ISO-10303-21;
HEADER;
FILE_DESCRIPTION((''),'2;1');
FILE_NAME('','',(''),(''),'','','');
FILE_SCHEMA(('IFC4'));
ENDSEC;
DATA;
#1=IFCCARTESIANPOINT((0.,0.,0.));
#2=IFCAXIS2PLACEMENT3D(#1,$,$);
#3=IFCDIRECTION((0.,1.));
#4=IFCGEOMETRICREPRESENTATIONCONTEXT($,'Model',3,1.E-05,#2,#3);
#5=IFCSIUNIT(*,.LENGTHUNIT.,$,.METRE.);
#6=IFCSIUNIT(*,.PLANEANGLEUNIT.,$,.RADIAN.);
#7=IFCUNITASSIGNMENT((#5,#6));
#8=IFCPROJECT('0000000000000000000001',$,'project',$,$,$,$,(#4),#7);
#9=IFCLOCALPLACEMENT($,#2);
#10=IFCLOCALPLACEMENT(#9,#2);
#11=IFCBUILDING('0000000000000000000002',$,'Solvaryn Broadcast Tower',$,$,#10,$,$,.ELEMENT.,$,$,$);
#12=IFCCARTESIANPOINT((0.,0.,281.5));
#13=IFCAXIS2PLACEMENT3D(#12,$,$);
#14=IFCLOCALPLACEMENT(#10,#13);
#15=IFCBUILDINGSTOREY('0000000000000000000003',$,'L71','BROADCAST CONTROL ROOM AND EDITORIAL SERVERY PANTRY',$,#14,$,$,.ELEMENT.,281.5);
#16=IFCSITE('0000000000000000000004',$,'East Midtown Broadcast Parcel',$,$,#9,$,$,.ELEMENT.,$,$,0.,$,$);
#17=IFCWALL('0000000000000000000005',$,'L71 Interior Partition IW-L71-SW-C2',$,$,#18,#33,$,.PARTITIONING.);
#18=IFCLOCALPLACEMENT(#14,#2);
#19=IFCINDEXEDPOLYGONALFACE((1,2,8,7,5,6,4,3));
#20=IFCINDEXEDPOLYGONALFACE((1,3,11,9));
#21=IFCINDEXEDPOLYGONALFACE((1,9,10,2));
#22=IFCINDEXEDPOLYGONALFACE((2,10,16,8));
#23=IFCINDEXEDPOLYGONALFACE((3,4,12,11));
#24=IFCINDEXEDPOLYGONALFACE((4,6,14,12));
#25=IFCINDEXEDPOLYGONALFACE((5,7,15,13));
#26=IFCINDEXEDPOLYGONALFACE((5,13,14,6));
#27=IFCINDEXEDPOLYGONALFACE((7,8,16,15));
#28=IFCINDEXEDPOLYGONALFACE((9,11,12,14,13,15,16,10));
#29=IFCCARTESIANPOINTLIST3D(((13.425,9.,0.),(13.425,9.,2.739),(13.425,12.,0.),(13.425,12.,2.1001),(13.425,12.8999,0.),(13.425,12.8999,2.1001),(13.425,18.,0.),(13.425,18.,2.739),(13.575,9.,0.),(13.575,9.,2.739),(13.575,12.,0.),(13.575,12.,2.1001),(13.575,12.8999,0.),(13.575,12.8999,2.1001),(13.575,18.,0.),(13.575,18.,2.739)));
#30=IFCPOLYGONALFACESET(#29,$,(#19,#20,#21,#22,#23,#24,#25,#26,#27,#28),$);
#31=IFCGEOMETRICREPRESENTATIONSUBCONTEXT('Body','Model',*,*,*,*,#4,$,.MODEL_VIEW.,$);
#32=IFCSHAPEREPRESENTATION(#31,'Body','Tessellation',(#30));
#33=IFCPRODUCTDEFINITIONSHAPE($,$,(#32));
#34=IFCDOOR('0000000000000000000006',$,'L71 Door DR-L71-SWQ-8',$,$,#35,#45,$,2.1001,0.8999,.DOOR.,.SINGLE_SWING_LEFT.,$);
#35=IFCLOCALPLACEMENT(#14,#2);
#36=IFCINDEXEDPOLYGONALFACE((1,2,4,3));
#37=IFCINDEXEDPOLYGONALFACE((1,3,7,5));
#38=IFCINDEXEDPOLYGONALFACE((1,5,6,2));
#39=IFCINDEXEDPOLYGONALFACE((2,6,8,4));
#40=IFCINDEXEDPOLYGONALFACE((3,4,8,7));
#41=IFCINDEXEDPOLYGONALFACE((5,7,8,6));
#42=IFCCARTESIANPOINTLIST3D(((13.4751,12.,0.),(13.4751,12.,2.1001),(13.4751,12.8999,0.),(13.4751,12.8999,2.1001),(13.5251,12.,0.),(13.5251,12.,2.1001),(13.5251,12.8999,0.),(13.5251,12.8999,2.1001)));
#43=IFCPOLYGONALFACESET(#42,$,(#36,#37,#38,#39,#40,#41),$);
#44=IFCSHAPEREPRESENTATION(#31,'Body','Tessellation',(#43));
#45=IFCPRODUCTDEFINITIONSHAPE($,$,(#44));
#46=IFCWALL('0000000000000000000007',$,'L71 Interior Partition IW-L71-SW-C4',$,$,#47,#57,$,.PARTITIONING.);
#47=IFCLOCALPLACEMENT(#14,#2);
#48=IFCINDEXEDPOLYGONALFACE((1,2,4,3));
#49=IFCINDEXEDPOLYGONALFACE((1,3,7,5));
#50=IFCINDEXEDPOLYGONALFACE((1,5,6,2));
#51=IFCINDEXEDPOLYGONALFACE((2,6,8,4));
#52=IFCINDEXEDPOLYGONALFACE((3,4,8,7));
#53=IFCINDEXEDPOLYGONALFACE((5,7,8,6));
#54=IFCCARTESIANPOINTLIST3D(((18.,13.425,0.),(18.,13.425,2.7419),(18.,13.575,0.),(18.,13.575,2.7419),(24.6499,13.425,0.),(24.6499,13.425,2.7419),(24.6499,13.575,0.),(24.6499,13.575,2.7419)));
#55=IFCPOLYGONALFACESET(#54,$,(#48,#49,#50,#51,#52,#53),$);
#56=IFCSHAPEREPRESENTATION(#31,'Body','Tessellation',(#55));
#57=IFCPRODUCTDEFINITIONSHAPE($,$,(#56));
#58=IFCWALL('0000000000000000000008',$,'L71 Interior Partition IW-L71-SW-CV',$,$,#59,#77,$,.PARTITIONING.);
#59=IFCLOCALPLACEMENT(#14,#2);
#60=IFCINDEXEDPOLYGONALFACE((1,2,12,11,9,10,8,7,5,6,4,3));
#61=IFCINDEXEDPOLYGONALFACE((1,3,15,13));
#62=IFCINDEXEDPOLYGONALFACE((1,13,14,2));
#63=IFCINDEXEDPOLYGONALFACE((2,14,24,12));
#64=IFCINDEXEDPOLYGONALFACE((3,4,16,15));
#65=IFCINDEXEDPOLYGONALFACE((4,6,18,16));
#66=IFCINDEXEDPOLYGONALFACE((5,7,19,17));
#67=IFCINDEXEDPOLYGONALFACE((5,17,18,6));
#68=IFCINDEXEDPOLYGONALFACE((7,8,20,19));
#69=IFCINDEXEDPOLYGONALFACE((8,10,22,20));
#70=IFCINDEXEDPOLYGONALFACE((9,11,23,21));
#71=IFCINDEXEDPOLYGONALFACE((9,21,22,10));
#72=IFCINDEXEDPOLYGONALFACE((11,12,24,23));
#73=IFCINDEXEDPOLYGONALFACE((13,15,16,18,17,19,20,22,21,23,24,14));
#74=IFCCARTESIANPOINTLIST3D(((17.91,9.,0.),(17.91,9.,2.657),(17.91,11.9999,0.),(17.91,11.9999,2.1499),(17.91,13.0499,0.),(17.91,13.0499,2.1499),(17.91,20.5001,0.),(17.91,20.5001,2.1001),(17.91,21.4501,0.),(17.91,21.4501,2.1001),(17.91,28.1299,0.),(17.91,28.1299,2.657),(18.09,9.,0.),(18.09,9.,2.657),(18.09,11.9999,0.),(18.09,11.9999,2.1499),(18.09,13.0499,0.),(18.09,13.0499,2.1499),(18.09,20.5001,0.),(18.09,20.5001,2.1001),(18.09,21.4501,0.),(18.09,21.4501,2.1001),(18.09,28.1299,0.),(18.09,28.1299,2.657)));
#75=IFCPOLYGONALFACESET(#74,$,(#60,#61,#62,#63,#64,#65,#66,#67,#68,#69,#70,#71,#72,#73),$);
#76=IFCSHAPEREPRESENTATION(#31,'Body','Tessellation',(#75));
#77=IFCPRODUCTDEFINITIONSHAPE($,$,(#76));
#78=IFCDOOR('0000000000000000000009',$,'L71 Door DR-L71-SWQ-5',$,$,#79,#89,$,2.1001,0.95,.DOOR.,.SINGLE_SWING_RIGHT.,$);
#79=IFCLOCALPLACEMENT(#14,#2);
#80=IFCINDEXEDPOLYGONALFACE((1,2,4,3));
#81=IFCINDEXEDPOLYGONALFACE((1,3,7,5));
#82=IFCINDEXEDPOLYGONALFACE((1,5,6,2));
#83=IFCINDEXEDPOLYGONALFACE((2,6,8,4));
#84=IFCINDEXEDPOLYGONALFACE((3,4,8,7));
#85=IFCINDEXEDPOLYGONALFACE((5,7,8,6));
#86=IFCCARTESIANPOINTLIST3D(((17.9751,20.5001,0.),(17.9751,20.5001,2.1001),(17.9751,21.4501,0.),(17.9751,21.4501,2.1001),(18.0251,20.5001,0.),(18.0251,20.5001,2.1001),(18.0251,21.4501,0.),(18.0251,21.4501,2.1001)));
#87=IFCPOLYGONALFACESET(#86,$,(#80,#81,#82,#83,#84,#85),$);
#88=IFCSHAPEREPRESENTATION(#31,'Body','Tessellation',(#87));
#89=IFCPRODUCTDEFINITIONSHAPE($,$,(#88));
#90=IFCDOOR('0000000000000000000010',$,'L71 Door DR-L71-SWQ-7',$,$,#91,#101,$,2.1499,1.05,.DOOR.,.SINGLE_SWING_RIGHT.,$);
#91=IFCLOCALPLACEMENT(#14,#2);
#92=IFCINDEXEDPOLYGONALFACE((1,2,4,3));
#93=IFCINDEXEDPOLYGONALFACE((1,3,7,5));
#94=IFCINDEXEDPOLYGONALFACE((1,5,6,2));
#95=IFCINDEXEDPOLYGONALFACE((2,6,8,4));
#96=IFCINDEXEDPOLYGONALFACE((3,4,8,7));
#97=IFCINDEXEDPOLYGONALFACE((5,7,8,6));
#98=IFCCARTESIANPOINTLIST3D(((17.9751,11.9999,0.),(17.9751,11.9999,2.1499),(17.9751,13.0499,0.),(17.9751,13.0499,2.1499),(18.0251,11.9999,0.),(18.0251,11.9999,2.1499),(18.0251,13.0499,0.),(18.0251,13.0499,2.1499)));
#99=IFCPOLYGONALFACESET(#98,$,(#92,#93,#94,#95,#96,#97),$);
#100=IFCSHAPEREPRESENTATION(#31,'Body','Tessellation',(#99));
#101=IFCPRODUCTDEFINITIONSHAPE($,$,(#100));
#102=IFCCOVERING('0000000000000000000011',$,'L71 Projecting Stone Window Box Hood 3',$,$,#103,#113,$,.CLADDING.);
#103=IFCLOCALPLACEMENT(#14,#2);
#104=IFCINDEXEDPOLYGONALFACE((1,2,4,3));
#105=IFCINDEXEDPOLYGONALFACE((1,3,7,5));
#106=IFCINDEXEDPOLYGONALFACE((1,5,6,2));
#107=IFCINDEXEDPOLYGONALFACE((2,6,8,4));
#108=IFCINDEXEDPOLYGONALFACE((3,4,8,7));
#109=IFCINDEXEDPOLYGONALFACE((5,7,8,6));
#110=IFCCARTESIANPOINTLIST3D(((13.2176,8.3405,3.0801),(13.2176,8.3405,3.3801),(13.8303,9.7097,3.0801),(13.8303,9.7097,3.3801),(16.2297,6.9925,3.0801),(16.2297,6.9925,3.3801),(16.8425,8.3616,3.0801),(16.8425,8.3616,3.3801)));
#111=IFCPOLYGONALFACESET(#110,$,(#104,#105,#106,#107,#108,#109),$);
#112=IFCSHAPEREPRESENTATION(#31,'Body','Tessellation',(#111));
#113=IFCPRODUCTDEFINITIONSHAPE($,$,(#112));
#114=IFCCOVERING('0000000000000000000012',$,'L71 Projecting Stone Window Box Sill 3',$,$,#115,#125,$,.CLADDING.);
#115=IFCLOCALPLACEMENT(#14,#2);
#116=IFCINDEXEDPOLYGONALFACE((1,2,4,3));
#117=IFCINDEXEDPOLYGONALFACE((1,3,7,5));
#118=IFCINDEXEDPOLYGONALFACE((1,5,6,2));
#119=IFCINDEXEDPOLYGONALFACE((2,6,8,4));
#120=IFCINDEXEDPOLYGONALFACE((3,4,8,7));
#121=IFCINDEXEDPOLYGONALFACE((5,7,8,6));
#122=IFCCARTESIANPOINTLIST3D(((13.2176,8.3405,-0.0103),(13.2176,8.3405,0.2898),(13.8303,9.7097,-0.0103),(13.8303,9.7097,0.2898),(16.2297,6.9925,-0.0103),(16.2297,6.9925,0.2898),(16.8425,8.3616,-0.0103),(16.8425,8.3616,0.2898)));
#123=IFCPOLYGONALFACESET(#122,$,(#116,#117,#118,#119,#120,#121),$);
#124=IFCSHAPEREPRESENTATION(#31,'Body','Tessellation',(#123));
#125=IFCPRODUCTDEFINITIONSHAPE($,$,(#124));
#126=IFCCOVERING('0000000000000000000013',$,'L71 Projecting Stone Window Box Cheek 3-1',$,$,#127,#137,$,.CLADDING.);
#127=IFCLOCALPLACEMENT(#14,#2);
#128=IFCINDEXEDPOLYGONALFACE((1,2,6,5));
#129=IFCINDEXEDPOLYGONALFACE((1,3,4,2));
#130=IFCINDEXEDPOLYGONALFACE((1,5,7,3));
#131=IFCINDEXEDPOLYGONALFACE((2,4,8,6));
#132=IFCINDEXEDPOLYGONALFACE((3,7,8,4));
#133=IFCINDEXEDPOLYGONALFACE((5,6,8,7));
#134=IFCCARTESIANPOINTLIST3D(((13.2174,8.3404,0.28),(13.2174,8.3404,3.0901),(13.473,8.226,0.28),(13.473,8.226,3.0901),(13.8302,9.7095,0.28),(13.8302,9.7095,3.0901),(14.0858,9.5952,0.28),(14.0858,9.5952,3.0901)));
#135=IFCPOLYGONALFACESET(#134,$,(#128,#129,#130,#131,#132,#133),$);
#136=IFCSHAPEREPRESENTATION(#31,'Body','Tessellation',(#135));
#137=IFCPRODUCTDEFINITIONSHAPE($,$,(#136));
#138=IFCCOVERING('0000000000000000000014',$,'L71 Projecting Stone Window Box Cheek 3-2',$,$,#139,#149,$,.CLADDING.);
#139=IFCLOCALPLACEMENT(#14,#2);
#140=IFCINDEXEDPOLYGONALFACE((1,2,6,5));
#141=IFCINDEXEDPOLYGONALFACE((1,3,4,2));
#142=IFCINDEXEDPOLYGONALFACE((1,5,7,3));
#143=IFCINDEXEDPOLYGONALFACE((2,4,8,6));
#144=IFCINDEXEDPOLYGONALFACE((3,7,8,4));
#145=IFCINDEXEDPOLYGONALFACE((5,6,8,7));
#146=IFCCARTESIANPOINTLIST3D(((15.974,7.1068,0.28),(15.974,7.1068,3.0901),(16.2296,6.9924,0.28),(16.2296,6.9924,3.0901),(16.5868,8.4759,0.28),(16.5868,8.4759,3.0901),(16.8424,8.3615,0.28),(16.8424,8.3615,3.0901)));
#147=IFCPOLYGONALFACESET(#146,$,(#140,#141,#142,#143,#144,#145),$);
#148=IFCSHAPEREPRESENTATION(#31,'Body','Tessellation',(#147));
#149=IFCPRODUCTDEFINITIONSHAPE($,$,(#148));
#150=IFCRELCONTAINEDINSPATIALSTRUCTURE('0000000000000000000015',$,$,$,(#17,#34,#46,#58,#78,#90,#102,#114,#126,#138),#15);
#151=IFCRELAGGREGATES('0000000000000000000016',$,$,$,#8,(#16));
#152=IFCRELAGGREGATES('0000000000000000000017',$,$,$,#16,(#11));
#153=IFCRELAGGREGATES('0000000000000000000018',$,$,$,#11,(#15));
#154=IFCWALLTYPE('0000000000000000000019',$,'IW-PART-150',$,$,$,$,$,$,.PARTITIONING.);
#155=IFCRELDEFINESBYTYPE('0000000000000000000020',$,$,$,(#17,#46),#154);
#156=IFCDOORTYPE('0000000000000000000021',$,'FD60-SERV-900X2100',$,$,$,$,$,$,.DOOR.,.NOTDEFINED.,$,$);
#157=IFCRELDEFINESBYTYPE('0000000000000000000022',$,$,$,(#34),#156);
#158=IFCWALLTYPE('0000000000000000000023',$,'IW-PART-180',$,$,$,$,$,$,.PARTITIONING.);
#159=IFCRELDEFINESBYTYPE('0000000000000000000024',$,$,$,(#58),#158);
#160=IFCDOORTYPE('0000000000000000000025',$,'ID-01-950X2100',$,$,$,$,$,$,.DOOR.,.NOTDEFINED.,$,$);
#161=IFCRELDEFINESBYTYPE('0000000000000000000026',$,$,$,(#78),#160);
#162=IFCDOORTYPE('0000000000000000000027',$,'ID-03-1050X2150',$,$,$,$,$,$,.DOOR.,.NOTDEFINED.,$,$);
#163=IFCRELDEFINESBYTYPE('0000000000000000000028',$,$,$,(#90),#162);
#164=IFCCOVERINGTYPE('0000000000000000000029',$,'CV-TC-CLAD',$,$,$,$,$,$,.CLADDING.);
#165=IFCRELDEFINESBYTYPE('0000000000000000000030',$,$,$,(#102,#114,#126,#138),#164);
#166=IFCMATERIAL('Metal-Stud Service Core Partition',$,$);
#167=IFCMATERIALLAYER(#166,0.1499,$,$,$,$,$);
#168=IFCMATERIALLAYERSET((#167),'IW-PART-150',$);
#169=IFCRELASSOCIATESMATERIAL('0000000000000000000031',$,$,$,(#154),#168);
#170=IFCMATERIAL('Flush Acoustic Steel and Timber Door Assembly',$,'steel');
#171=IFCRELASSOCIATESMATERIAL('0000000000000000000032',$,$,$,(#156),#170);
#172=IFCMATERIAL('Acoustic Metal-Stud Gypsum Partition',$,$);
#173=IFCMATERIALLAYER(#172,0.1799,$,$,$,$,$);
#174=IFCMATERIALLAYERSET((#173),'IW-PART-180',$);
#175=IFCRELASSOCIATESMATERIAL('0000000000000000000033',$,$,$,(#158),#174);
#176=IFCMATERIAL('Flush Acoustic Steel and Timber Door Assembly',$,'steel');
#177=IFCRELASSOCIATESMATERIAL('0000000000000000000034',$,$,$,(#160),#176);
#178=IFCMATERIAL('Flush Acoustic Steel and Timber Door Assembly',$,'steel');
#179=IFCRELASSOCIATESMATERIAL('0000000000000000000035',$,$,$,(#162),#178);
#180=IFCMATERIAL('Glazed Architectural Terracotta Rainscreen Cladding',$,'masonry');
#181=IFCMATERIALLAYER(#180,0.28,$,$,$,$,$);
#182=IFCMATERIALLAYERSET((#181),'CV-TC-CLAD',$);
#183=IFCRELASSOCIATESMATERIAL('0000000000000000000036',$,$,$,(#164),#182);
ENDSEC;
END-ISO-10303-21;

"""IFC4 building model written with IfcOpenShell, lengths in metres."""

from ifc_helpers import new_model, si_unit, direction, frame, frame_2d, origin, origin_2d, place, context, subcontext, project, spatial, rectangle, extrude, material, layer, layer_set, type_object, element, fill, save


model = new_model("IFC4")

# Units and contexts
model_context = context("Model", 3, precision=1e-05, world=origin(), true_north=direction((0.0, 1.0)))
body_context = subcontext(model_context, "Body", "Model", "MODEL_VIEW")
ifc_project = project(units=[si_unit("LENGTHUNIT", "METRE"), si_unit("PLANEANGLEUNIT", "RADIAN")], contexts=[model_context])

# Site, building, storey
site_placement = place(None, origin())
site = spatial("IfcSite", under=ifc_project, at=site_placement, Name="East Midtown Broadcast Parcel", CompositionType="ELEMENT", RefElevation=0.0)
building_placement = place(site_placement, origin())
building = spatial("IfcBuilding", under=site, at=building_placement, Name="Solvaryn Broadcast Tower", CompositionType="ELEMENT")
storey_placement = place(building_placement, frame((0.0, 0.0, 281.5)))
storey = spatial("IfcBuildingStorey", under=building, at=storey_placement, Name="L71", Description="BROADCAST CONTROL ROOM AND EDITORIAL SERVERY PANTRY", CompositionType="ELEMENT", Elevation=281.5)

# Wall, opening, door
ifc_material_1 = material(Name="Metal-Stud Service Core Partition")
ifc_layer_1 = layer(ifc_material_1, 0.1499)
ifc_layer_set_1 = layer_set([ifc_layer_1], Name="IW-PART-150")
wall_type_1 = type_object("IfcWallType", Name="IW-PART-150", PredefinedType="PARTITIONING", material=ifc_layer_set_1)
wall_1_placement = place(storey_placement, frame((13.5, 9.0, 0.0), z_axis=(0.0, 0.0, 1.0), x_axis=(0.0, 1.0, 0.0)))
wall_1 = element("IfcWall", 1, at=wall_1_placement, inside=storey, type_object=wall_type_1, Name="L71 Interior Partition IW-L71-SW-C2", PredefinedType="PARTITIONING", context=body_context, shape_type="SweptSolid", body=[
    extrude(rectangle(XDim=9.0, YDim=0.1499, at=frame_2d((4.5, 0.0))), origin(), (0.0, 0.0, 1.0), 2.739),
])
opening_1_placement = place(wall_1_placement, frame((3.0, 0.0, 0.0)))
opening_1 = element("IfcOpeningElement", 2, at=opening_1_placement, cuts=wall_1, PredefinedType="OPENING", context=body_context, shape_type="SweptSolid", body=[
    extrude(rectangle(XDim=0.8999, YDim=2.1001, at=frame_2d((0.45, 1.05))), frame((0.0, 0.085, 0.0), z_axis=(0.0, -1.0, 0.0), x_axis=(1.0, 0.0, 0.0)), (0.0, 0.0, 1.0), 0.1699),
])
ifc_material_2 = material(Name="Flush Acoustic Steel and Timber Door Assembly", Category="steel")
door_type_1 = type_object("IfcDoorType", Name="FD60-SERV-900X2100", OperationType="NOTDEFINED", PredefinedType="DOOR", material=ifc_material_2)
door_1_placement = place(opening_1_placement, origin())
door_1 = element("IfcDoor", 3, at=door_1_placement, inside=storey, type_object=door_type_1, Name="L71 Door DR-L71-SWQ-8", OperationType="SINGLE_SWING_LEFT", OverallHeight=2.1001, OverallWidth=0.8999, PredefinedType="DOOR", context=body_context, shape_type="SweptSolid", body=[
    extrude(rectangle(XDim=0.8999, YDim=2.1001, at=frame_2d((0.45, 1.05))), frame((0.0, 0.0249, 0.0), z_axis=(0.0, -1.0, 0.0), x_axis=(1.0, 0.0, 0.0)), (0.0, 0.0, 1.0), 0.05),
])
fill(opening_1, door_1)

# Wall
wall_2_placement = place(storey_placement, frame((18.0, 13.5, 0.0), z_axis=(0.0, 0.0, 1.0), x_axis=(1.0, 0.0, 0.0)))
element("IfcWall", 4, at=wall_2_placement, inside=storey, type_object=wall_type_1, Name="L71 Interior Partition IW-L71-SW-C4", PredefinedType="PARTITIONING", context=body_context, shape_type="SweptSolid", body=[
    extrude(rectangle(XDim=6.6499, YDim=0.1499, at=frame_2d((3.325, 0.0))), origin(), (0.0, 0.0, 1.0), 2.7419),
])

# Wall, openings, doors
ifc_material_3 = material(Name="Acoustic Metal-Stud Gypsum Partition")
ifc_layer_2 = layer(ifc_material_3, 0.1799)
ifc_layer_set_2 = layer_set([ifc_layer_2], Name="IW-PART-180")
wall_type_2 = type_object("IfcWallType", Name="IW-PART-180", PredefinedType="PARTITIONING", material=ifc_layer_set_2)
wall_3_placement = place(storey_placement, frame((18.0, 9.0, 0.0), z_axis=(0.0, 0.0, 1.0), x_axis=(0.0, 1.0, 0.0)))
wall_3 = element("IfcWall", 5, at=wall_3_placement, inside=storey, type_object=wall_type_2, Name="L71 Interior Partition IW-L71-SW-CV", PredefinedType="PARTITIONING", context=body_context, shape_type="SweptSolid", body=[
    extrude(rectangle(XDim=19.1299, YDim=0.1799, at=frame_2d((9.5649, 0.0))), origin(), (0.0, 0.0, 1.0), 2.657),
])
opening_2_placement = place(wall_3_placement, frame((11.5, 0.0, 0.0)))
opening_2 = element("IfcOpeningElement", 6, at=opening_2_placement, cuts=wall_3, PredefinedType="OPENING", context=body_context, shape_type="SweptSolid", body=[
    extrude(rectangle(XDim=0.95, YDim=2.1001, at=frame_2d((0.4751, 1.05))), frame((0.0, 0.0999, 0.0), z_axis=(0.0, -1.0, 0.0), x_axis=(1.0, 0.0, 0.0)), (0.0, 0.0, 1.0), 0.2),
])
opening_3_placement = place(wall_3_placement, frame((3.0, 0.0, 0.0)))
opening_3 = element("IfcOpeningElement", 7, at=opening_3_placement, cuts=wall_3, PredefinedType="OPENING", context=body_context, shape_type="SweptSolid", body=[
    extrude(rectangle(XDim=1.05, YDim=2.1499, at=frame_2d((0.5249, 1.075))), frame((0.0, 0.0999, 0.0), z_axis=(0.0, -1.0, 0.0), x_axis=(1.0, 0.0, 0.0)), (0.0, 0.0, 1.0), 0.2),
])
ifc_material_4 = material(Name="Flush Acoustic Steel and Timber Door Assembly", Category="steel")
door_type_2 = type_object("IfcDoorType", Name="ID-01-950X2100", OperationType="NOTDEFINED", PredefinedType="DOOR", material=ifc_material_4)
door_2_placement = place(opening_2_placement, origin())
door_2 = element("IfcDoor", 8, at=door_2_placement, inside=storey, type_object=door_type_2, Name="L71 Door DR-L71-SWQ-5", OperationType="SINGLE_SWING_RIGHT", OverallHeight=2.1001, OverallWidth=0.95, PredefinedType="DOOR", context=body_context, shape_type="SweptSolid", body=[
    extrude(rectangle(XDim=0.95, YDim=2.1001, at=frame_2d((0.4751, 1.05))), frame((0.0, 0.0249, 0.0), z_axis=(0.0, -1.0, 0.0), x_axis=(1.0, 0.0, 0.0)), (0.0, 0.0, 1.0), 0.05),
])
fill(opening_2, door_2)
ifc_material_5 = material(Name="Flush Acoustic Steel and Timber Door Assembly", Category="steel")
door_type_3 = type_object("IfcDoorType", Name="ID-03-1050X2150", OperationType="NOTDEFINED", PredefinedType="DOOR", material=ifc_material_5)
door_3_placement = place(opening_3_placement, origin())
door_3 = element("IfcDoor", 9, at=door_3_placement, inside=storey, type_object=door_type_3, Name="L71 Door DR-L71-SWQ-7", OperationType="SINGLE_SWING_RIGHT", OverallHeight=2.1499, OverallWidth=1.05, PredefinedType="DOOR", context=body_context, shape_type="SweptSolid", body=[
    extrude(rectangle(XDim=1.05, YDim=2.1499, at=frame_2d((0.5249, 1.075))), frame((0.0, 0.0249, 0.0), z_axis=(0.0, -1.0, 0.0), x_axis=(1.0, 0.0, 0.0)), (0.0, 0.0, 1.0), 0.05),
])
fill(opening_3, door_3)

# Coverings
ifc_material_6 = material(Name="Glazed Architectural Terracotta Rainscreen Cladding", Category="masonry")
ifc_layer_3 = layer(ifc_material_6, 0.28)
ifc_layer_set_3 = layer_set([ifc_layer_3], Name="CV-TC-CLAD")
covering_type = type_object("IfcCoveringType", Name="CV-TC-CLAD", PredefinedType="CLADDING", material=ifc_layer_set_3)
for number, where, z_axis, x_axis, name in (
    (10, (15.03, 8.3511, 3.0801), (0.0, 0.0, 1.0), (0.912763, -0.40849, 0.0), "L71 Projecting Stone Window Box Hood 3"),
    (11, (15.03, 8.3511, -0.0103), (0.0, 0.0, 1.0), (0.912763, -0.40849, 0.0), "L71 Projecting Stone Window Box Sill 3"),
):
    element("IfcCovering", number, at=place(storey_placement, frame(where, z_axis=z_axis, x_axis=x_axis)), inside=storey, type_object=covering_type, Name=name, PredefinedType="CLADDING", context=body_context, shape_type="SweptSolid", body=[
        extrude(rectangle(XDim=3.3, YDim=1.5, at=origin_2d()), origin(), (0.0, 0.0, 1.0), 0.3),
    ])
for number, where, z_axis, x_axis, name in (
    (12, (13.6516, 8.9678, 0.28), (0.0, 0.0, 1.0), (0.912763, -0.40849, 0.0), "L71 Projecting Stone Window Box Cheek 3-1"),
    (13, (16.4082, 7.7341, 0.28), (0.0, 0.0, 1.0), (0.912763, -0.40849, 0.0), "L71 Projecting Stone Window Box Cheek 3-2"),
):
    element("IfcCovering", number, at=place(storey_placement, frame(where, z_axis=z_axis, x_axis=x_axis)), inside=storey, type_object=covering_type, Name=name, PredefinedType="CLADDING", context=body_context, shape_type="SweptSolid", body=[
        extrude(rectangle(XDim=0.28, YDim=1.5, at=origin_2d()), origin(), (0.0, 0.0, 1.0), 2.8101),
    ])

save(model, "model.ifc")
